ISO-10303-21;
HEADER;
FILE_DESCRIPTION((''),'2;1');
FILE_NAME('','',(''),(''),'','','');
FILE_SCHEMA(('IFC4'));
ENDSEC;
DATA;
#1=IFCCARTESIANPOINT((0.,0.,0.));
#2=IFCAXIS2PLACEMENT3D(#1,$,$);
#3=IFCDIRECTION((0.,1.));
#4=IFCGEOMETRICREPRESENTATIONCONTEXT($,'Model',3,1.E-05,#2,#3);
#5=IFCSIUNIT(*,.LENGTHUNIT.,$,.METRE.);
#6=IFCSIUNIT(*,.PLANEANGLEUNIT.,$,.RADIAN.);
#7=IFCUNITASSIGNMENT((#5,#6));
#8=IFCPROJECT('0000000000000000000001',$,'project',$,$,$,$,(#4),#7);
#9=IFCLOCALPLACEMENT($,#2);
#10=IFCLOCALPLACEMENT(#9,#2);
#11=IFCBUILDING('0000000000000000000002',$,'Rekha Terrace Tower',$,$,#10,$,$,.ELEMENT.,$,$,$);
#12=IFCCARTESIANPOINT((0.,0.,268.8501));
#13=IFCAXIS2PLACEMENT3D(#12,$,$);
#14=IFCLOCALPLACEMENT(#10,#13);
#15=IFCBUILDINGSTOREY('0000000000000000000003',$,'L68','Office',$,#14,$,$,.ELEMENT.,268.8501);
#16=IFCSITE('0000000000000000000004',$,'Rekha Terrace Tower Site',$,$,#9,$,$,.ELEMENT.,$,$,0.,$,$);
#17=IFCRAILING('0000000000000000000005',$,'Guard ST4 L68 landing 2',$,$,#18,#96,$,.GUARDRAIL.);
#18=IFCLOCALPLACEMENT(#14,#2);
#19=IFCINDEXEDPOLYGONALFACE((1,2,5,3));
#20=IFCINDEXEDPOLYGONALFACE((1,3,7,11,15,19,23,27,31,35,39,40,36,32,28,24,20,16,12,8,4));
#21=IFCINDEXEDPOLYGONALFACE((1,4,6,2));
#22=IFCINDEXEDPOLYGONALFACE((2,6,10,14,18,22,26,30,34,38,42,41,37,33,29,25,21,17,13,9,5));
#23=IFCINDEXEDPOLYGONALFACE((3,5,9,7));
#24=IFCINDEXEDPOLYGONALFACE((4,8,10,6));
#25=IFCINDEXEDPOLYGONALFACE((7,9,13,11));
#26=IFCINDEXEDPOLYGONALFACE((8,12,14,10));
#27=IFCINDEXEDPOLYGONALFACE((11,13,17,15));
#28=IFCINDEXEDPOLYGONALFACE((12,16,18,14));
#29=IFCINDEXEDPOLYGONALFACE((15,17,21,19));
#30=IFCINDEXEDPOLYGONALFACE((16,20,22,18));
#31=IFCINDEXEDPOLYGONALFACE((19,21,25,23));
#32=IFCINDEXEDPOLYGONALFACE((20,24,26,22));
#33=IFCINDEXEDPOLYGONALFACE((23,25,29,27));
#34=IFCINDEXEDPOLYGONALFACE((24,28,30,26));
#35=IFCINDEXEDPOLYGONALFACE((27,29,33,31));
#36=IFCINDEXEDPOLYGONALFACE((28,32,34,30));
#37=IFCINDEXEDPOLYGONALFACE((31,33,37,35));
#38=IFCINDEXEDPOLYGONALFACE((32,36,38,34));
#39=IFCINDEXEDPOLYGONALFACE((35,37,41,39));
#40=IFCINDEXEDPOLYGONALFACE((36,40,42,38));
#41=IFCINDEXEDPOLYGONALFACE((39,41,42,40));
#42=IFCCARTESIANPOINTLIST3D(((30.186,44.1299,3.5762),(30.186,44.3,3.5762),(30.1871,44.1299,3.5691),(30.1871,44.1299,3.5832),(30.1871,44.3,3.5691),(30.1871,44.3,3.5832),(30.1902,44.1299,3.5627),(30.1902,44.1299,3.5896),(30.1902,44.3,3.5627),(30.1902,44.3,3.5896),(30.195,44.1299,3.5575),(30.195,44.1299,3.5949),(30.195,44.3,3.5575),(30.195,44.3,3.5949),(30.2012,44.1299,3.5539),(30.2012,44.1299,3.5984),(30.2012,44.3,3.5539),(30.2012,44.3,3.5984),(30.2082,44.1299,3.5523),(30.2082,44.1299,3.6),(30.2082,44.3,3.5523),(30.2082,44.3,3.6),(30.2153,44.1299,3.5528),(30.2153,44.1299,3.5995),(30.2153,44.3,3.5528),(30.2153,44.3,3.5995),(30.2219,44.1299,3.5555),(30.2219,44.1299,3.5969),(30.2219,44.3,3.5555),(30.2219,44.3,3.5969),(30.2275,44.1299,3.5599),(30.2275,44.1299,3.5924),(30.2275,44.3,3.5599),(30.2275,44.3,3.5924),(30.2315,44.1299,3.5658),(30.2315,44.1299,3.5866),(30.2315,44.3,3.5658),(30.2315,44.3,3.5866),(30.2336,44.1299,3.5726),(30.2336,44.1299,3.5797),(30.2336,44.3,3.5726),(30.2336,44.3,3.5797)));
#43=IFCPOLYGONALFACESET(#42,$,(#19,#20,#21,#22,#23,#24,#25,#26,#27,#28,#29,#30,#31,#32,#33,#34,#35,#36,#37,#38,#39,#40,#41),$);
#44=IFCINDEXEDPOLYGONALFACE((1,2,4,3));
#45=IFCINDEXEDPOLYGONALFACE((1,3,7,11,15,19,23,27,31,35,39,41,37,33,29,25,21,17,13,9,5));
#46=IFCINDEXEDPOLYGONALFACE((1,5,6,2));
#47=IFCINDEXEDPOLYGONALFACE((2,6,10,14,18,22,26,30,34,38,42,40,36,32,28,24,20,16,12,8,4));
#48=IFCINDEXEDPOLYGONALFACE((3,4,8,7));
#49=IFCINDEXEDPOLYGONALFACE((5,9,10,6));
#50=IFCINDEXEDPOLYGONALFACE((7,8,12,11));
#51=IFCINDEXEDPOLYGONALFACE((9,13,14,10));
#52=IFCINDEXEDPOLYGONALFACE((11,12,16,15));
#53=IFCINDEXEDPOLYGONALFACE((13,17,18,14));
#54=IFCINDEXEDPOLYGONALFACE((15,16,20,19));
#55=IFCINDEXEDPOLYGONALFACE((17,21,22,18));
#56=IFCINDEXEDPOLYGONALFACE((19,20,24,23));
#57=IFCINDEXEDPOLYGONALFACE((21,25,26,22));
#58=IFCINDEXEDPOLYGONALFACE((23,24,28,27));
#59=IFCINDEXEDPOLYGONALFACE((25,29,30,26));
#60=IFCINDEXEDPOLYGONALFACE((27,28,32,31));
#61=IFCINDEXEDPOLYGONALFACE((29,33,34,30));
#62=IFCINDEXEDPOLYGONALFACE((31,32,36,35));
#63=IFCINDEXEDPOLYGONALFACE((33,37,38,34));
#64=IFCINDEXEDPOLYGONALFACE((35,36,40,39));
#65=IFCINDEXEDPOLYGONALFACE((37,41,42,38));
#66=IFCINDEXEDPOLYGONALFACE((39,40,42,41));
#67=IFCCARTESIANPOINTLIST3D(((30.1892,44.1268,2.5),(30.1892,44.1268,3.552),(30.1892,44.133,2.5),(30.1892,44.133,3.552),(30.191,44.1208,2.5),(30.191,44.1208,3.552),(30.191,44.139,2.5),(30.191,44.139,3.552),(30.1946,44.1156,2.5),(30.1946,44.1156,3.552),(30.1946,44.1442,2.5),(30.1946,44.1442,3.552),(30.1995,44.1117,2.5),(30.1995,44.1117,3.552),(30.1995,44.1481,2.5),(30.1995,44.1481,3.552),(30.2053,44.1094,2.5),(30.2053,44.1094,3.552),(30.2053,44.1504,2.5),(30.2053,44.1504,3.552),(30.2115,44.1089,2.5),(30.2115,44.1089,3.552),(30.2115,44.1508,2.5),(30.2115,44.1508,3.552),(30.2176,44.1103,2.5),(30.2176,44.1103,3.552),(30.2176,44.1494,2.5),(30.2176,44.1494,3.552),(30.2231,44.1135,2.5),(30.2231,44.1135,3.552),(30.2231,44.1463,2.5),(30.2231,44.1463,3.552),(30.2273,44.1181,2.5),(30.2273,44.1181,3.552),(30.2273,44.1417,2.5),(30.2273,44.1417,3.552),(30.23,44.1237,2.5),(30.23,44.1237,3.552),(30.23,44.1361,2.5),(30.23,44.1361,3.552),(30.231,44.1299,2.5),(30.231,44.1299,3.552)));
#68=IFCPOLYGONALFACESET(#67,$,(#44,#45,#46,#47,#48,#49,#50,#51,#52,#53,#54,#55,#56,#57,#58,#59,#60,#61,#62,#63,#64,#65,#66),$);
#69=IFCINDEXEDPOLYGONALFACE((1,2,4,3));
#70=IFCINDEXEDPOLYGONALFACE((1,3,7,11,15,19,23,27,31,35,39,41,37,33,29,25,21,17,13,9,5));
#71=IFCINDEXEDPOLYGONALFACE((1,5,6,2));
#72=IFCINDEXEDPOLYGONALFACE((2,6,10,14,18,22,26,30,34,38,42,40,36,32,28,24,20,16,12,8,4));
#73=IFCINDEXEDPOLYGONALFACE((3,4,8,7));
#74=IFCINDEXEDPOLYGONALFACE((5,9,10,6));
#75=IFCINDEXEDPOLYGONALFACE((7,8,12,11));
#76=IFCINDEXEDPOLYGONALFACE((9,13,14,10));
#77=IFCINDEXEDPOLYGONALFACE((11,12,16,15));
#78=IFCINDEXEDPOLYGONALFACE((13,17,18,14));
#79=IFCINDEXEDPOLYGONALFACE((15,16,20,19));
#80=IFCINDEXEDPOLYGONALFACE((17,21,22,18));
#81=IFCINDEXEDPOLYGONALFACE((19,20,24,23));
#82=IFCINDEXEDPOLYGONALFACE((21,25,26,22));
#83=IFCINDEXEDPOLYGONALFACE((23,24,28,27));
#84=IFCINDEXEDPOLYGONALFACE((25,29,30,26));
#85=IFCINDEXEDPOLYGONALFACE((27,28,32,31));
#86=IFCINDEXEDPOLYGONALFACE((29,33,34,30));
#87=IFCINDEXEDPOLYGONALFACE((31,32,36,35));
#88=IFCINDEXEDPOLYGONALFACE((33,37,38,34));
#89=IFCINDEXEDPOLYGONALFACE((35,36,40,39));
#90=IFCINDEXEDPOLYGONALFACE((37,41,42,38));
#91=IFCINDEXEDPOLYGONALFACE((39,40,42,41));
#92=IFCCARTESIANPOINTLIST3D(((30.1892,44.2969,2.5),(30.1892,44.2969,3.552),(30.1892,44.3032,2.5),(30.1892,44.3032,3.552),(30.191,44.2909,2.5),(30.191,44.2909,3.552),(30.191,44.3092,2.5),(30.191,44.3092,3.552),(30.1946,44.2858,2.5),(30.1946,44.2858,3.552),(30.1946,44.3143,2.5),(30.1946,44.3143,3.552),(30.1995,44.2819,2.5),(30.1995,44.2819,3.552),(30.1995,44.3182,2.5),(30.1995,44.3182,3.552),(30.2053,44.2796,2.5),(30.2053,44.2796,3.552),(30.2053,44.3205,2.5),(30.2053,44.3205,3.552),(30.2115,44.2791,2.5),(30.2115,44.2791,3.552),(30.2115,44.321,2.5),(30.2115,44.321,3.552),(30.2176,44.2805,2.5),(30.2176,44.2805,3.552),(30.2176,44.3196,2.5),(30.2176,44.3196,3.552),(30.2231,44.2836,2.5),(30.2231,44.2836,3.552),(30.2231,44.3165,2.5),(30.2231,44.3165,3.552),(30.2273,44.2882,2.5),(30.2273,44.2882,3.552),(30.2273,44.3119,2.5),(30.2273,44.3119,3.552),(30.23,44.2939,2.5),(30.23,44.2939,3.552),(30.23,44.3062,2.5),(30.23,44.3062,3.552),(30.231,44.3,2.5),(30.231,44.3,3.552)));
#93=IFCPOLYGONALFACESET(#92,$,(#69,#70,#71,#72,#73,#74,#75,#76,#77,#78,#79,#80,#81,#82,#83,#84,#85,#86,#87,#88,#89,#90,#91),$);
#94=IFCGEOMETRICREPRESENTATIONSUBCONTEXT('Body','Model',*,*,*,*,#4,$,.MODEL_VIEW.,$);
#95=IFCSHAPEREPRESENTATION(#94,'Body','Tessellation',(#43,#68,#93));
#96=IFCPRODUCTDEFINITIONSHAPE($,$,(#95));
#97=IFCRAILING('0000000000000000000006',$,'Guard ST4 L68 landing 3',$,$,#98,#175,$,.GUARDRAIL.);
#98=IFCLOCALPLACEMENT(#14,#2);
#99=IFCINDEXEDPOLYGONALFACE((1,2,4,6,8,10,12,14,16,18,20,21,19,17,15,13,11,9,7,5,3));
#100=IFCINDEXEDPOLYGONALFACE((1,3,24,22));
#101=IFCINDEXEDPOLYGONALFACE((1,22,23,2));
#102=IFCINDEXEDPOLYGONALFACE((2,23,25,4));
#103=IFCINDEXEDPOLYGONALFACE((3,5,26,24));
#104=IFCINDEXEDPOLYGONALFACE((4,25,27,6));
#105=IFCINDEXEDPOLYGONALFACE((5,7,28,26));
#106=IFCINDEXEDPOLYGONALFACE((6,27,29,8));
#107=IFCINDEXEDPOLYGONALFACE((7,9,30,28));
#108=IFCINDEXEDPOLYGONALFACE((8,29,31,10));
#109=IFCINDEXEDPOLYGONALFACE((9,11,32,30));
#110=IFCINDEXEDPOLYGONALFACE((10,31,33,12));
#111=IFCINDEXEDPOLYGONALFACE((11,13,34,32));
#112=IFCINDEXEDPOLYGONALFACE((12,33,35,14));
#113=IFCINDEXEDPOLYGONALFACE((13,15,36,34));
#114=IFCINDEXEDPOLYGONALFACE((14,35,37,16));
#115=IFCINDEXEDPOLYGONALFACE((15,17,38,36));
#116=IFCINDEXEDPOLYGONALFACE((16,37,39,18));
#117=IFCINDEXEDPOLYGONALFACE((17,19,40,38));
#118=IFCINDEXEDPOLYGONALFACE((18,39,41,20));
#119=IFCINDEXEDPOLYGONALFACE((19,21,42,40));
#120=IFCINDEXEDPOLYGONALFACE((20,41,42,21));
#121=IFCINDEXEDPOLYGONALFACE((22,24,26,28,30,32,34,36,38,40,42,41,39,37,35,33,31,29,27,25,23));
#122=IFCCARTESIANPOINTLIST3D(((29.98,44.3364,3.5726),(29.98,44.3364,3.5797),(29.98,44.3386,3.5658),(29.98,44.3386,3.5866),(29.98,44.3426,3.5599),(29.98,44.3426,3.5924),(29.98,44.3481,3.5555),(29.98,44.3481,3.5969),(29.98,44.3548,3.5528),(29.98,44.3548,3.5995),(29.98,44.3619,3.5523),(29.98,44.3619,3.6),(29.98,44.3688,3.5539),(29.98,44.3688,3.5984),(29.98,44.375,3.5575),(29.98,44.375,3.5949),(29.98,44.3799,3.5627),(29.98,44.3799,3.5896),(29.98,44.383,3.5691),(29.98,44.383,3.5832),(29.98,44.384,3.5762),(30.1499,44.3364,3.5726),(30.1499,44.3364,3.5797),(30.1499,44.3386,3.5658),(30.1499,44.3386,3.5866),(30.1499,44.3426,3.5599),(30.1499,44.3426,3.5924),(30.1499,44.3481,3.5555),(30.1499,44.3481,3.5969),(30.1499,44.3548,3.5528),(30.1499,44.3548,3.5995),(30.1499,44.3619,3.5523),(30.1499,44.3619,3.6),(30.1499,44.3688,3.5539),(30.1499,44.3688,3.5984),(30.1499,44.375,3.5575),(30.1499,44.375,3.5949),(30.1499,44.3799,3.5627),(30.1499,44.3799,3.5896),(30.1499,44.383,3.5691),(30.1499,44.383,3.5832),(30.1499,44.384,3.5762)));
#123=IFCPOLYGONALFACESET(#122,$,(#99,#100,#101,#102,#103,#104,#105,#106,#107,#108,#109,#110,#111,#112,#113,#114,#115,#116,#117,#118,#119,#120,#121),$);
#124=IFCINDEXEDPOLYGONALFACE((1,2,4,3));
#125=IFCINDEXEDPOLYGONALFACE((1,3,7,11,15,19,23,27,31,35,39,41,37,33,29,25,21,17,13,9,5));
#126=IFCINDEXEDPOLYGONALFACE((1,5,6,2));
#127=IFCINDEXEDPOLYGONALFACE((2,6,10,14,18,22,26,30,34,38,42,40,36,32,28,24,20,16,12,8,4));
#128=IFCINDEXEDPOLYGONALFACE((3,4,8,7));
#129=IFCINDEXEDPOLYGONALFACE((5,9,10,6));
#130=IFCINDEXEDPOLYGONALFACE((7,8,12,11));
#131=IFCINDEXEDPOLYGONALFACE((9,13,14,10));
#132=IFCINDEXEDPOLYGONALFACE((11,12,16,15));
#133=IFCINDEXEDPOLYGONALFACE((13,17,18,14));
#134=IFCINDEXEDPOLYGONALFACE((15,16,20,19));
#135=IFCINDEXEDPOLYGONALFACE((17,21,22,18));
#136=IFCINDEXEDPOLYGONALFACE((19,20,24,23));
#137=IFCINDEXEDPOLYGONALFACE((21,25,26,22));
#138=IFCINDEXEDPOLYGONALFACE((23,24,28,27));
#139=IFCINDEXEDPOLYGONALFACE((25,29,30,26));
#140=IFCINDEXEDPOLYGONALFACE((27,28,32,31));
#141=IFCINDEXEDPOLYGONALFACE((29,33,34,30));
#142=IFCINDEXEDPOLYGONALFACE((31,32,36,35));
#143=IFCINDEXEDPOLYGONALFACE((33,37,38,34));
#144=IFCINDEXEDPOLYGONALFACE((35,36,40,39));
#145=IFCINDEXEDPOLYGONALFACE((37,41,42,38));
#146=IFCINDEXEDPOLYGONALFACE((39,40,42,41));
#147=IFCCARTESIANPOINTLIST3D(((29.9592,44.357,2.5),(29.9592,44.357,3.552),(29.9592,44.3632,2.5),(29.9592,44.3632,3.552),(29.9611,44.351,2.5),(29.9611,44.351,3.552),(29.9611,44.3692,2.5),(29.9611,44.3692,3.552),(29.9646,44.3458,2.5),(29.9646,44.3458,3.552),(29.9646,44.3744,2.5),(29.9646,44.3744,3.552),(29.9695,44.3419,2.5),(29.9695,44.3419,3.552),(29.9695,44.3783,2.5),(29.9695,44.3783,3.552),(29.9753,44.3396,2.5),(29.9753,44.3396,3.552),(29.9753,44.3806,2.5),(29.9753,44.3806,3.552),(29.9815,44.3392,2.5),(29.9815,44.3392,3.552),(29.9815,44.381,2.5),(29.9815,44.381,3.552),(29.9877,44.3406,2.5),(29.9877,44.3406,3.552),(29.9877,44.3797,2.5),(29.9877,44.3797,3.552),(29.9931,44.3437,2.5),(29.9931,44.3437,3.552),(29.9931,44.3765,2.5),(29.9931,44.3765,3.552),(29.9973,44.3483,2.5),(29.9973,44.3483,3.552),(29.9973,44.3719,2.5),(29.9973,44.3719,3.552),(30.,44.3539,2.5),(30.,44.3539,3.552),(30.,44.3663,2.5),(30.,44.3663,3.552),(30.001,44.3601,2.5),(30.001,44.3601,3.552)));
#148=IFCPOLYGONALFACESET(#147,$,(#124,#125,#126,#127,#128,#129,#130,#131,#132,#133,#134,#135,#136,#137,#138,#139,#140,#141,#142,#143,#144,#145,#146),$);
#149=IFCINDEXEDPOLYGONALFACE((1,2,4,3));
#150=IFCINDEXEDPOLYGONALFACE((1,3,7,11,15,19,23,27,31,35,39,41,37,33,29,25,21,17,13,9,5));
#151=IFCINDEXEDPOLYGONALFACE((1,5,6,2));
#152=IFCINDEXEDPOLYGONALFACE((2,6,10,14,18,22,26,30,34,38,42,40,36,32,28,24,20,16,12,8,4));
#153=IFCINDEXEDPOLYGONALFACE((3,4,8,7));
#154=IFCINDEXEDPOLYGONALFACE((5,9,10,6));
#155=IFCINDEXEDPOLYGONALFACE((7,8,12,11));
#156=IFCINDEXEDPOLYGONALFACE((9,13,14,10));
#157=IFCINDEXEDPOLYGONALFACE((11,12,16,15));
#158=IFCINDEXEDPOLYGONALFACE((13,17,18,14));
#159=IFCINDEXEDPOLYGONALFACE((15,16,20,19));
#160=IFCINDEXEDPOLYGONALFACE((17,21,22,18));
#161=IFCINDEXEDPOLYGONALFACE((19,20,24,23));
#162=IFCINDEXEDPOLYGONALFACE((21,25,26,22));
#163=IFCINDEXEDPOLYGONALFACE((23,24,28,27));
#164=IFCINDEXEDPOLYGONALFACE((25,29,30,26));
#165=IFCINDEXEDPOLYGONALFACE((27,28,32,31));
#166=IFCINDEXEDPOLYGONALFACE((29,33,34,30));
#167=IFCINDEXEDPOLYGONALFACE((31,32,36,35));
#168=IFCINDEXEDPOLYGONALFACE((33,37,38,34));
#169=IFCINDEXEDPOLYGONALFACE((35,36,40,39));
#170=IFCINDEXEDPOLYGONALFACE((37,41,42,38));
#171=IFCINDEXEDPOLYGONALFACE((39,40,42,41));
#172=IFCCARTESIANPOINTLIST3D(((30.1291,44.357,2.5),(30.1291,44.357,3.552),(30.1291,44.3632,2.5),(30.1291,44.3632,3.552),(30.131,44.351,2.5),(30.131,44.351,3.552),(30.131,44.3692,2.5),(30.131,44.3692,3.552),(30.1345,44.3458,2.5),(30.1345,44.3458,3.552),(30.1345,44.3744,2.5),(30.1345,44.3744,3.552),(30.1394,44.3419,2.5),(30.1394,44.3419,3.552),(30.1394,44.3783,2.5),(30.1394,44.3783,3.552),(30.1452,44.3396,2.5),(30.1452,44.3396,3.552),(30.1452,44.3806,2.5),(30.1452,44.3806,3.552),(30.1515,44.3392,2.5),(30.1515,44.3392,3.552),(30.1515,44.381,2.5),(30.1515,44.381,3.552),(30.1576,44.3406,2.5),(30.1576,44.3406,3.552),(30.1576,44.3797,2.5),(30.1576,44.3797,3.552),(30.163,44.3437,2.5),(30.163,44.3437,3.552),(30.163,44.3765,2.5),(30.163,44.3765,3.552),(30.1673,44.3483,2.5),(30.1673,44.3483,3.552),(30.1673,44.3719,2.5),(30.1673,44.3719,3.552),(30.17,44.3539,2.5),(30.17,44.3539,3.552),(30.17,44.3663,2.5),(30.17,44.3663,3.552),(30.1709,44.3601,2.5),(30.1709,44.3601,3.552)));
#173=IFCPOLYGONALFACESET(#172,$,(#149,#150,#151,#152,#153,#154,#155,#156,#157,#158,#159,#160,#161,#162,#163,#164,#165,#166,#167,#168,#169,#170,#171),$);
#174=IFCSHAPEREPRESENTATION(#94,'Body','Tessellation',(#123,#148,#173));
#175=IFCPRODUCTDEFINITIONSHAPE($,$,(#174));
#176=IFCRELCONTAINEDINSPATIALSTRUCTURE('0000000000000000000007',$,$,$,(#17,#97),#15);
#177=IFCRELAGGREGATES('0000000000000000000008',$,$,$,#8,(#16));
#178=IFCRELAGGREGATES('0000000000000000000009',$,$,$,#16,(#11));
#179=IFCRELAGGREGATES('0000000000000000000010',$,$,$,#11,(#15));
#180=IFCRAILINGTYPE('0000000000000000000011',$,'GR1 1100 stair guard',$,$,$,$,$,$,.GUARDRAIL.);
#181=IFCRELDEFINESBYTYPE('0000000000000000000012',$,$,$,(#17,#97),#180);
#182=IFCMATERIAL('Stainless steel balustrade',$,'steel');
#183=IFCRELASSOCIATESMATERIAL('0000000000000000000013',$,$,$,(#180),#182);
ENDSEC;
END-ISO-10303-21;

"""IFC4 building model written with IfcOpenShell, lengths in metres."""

from ifc_helpers import new_model, si_unit, direction, frame, origin, origin_2d, place, context, subcontext, project, spatial, circle, extrude, material, type_object, element, save


model = new_model("IFC4")

# Units and contexts
model_context = context("Model", 3, precision=1e-05, world=origin(), true_north=direction((0.0, 1.0)))
body_context = subcontext(model_context, "Body", "Model", "MODEL_VIEW")
ifc_project = project(units=[si_unit("LENGTHUNIT", "METRE"), si_unit("PLANEANGLEUNIT", "RADIAN")], contexts=[model_context])

# Site, building, storey
site_placement = place(None, origin())
site = spatial("IfcSite", under=ifc_project, at=site_placement, Name="Rekha Terrace Tower Site", CompositionType="ELEMENT", RefElevation=0.0)
building_placement = place(site_placement, origin())
building = spatial("IfcBuilding", under=site, at=building_placement, Name="Rekha Terrace Tower", CompositionType="ELEMENT")
storey_placement = place(building_placement, frame((0.0, 0.0, 268.8501)))
storey = spatial("IfcBuildingStorey", under=building, at=storey_placement, Name="L68", Description="Office", CompositionType="ELEMENT", Elevation=268.8501)

# Railings
ifc_material_1 = material(Name="Stainless steel balustrade", Category="steel")
railing_type_1 = type_object("IfcRailingType", Name="GR1 1100 stair guard", PredefinedType="GUARDRAIL", material=ifc_material_1)
railing_1_placement = place(storey_placement, frame((30.21, 44.1299, 2.5)))
element("IfcRailing", 1, at=railing_1_placement, inside=storey, type_object=railing_type_1, Name="Guard ST4 L68 landing 2", PredefinedType="GUARDRAIL", context=body_context, shape_type="SweptSolid", body=[
    extrude(circle(Radius=0.0239, at=origin_2d()), frame((0.0, 0.0, 1.0762), z_axis=(0.0, 1.0, 0.0), x_axis=(-1.0, 0.0, 0.0)), (0.0, 0.0, 1.0), 0.1702),
    extrude(circle(Radius=0.021, at=origin_2d()), origin(), (0.0, 0.0, 1.0), 1.052),
    extrude(circle(Radius=0.021, at=origin_2d()), frame((0.0, 0.1702, 0.0)), (0.0, 0.0, 1.0), 1.052),
])
railing_2_placement = place(storey_placement, frame((29.98, 44.3601, 2.5)))
element("IfcRailing", 2, at=railing_2_placement, inside=storey, type_object=railing_type_1, Name="Guard ST4 L68 landing 3", PredefinedType="GUARDRAIL", context=body_context, shape_type="SweptSolid", body=[
    extrude(circle(Radius=0.0239, at=origin_2d()), frame((0.0, 0.0, 1.0762), z_axis=(1.0, 0.0, 0.0), x_axis=(0.0, 1.0, 0.0)), (0.0, 0.0, 1.0), 0.1699),
    extrude(circle(Radius=0.021, at=origin_2d()), origin(), (0.0, 0.0, 1.0), 1.052),
    extrude(circle(Radius=0.021, at=origin_2d()), frame((0.1699, 0.0, 0.0)), (0.0, 0.0, 1.0), 1.052),
])

save(model, "model.ifc")
